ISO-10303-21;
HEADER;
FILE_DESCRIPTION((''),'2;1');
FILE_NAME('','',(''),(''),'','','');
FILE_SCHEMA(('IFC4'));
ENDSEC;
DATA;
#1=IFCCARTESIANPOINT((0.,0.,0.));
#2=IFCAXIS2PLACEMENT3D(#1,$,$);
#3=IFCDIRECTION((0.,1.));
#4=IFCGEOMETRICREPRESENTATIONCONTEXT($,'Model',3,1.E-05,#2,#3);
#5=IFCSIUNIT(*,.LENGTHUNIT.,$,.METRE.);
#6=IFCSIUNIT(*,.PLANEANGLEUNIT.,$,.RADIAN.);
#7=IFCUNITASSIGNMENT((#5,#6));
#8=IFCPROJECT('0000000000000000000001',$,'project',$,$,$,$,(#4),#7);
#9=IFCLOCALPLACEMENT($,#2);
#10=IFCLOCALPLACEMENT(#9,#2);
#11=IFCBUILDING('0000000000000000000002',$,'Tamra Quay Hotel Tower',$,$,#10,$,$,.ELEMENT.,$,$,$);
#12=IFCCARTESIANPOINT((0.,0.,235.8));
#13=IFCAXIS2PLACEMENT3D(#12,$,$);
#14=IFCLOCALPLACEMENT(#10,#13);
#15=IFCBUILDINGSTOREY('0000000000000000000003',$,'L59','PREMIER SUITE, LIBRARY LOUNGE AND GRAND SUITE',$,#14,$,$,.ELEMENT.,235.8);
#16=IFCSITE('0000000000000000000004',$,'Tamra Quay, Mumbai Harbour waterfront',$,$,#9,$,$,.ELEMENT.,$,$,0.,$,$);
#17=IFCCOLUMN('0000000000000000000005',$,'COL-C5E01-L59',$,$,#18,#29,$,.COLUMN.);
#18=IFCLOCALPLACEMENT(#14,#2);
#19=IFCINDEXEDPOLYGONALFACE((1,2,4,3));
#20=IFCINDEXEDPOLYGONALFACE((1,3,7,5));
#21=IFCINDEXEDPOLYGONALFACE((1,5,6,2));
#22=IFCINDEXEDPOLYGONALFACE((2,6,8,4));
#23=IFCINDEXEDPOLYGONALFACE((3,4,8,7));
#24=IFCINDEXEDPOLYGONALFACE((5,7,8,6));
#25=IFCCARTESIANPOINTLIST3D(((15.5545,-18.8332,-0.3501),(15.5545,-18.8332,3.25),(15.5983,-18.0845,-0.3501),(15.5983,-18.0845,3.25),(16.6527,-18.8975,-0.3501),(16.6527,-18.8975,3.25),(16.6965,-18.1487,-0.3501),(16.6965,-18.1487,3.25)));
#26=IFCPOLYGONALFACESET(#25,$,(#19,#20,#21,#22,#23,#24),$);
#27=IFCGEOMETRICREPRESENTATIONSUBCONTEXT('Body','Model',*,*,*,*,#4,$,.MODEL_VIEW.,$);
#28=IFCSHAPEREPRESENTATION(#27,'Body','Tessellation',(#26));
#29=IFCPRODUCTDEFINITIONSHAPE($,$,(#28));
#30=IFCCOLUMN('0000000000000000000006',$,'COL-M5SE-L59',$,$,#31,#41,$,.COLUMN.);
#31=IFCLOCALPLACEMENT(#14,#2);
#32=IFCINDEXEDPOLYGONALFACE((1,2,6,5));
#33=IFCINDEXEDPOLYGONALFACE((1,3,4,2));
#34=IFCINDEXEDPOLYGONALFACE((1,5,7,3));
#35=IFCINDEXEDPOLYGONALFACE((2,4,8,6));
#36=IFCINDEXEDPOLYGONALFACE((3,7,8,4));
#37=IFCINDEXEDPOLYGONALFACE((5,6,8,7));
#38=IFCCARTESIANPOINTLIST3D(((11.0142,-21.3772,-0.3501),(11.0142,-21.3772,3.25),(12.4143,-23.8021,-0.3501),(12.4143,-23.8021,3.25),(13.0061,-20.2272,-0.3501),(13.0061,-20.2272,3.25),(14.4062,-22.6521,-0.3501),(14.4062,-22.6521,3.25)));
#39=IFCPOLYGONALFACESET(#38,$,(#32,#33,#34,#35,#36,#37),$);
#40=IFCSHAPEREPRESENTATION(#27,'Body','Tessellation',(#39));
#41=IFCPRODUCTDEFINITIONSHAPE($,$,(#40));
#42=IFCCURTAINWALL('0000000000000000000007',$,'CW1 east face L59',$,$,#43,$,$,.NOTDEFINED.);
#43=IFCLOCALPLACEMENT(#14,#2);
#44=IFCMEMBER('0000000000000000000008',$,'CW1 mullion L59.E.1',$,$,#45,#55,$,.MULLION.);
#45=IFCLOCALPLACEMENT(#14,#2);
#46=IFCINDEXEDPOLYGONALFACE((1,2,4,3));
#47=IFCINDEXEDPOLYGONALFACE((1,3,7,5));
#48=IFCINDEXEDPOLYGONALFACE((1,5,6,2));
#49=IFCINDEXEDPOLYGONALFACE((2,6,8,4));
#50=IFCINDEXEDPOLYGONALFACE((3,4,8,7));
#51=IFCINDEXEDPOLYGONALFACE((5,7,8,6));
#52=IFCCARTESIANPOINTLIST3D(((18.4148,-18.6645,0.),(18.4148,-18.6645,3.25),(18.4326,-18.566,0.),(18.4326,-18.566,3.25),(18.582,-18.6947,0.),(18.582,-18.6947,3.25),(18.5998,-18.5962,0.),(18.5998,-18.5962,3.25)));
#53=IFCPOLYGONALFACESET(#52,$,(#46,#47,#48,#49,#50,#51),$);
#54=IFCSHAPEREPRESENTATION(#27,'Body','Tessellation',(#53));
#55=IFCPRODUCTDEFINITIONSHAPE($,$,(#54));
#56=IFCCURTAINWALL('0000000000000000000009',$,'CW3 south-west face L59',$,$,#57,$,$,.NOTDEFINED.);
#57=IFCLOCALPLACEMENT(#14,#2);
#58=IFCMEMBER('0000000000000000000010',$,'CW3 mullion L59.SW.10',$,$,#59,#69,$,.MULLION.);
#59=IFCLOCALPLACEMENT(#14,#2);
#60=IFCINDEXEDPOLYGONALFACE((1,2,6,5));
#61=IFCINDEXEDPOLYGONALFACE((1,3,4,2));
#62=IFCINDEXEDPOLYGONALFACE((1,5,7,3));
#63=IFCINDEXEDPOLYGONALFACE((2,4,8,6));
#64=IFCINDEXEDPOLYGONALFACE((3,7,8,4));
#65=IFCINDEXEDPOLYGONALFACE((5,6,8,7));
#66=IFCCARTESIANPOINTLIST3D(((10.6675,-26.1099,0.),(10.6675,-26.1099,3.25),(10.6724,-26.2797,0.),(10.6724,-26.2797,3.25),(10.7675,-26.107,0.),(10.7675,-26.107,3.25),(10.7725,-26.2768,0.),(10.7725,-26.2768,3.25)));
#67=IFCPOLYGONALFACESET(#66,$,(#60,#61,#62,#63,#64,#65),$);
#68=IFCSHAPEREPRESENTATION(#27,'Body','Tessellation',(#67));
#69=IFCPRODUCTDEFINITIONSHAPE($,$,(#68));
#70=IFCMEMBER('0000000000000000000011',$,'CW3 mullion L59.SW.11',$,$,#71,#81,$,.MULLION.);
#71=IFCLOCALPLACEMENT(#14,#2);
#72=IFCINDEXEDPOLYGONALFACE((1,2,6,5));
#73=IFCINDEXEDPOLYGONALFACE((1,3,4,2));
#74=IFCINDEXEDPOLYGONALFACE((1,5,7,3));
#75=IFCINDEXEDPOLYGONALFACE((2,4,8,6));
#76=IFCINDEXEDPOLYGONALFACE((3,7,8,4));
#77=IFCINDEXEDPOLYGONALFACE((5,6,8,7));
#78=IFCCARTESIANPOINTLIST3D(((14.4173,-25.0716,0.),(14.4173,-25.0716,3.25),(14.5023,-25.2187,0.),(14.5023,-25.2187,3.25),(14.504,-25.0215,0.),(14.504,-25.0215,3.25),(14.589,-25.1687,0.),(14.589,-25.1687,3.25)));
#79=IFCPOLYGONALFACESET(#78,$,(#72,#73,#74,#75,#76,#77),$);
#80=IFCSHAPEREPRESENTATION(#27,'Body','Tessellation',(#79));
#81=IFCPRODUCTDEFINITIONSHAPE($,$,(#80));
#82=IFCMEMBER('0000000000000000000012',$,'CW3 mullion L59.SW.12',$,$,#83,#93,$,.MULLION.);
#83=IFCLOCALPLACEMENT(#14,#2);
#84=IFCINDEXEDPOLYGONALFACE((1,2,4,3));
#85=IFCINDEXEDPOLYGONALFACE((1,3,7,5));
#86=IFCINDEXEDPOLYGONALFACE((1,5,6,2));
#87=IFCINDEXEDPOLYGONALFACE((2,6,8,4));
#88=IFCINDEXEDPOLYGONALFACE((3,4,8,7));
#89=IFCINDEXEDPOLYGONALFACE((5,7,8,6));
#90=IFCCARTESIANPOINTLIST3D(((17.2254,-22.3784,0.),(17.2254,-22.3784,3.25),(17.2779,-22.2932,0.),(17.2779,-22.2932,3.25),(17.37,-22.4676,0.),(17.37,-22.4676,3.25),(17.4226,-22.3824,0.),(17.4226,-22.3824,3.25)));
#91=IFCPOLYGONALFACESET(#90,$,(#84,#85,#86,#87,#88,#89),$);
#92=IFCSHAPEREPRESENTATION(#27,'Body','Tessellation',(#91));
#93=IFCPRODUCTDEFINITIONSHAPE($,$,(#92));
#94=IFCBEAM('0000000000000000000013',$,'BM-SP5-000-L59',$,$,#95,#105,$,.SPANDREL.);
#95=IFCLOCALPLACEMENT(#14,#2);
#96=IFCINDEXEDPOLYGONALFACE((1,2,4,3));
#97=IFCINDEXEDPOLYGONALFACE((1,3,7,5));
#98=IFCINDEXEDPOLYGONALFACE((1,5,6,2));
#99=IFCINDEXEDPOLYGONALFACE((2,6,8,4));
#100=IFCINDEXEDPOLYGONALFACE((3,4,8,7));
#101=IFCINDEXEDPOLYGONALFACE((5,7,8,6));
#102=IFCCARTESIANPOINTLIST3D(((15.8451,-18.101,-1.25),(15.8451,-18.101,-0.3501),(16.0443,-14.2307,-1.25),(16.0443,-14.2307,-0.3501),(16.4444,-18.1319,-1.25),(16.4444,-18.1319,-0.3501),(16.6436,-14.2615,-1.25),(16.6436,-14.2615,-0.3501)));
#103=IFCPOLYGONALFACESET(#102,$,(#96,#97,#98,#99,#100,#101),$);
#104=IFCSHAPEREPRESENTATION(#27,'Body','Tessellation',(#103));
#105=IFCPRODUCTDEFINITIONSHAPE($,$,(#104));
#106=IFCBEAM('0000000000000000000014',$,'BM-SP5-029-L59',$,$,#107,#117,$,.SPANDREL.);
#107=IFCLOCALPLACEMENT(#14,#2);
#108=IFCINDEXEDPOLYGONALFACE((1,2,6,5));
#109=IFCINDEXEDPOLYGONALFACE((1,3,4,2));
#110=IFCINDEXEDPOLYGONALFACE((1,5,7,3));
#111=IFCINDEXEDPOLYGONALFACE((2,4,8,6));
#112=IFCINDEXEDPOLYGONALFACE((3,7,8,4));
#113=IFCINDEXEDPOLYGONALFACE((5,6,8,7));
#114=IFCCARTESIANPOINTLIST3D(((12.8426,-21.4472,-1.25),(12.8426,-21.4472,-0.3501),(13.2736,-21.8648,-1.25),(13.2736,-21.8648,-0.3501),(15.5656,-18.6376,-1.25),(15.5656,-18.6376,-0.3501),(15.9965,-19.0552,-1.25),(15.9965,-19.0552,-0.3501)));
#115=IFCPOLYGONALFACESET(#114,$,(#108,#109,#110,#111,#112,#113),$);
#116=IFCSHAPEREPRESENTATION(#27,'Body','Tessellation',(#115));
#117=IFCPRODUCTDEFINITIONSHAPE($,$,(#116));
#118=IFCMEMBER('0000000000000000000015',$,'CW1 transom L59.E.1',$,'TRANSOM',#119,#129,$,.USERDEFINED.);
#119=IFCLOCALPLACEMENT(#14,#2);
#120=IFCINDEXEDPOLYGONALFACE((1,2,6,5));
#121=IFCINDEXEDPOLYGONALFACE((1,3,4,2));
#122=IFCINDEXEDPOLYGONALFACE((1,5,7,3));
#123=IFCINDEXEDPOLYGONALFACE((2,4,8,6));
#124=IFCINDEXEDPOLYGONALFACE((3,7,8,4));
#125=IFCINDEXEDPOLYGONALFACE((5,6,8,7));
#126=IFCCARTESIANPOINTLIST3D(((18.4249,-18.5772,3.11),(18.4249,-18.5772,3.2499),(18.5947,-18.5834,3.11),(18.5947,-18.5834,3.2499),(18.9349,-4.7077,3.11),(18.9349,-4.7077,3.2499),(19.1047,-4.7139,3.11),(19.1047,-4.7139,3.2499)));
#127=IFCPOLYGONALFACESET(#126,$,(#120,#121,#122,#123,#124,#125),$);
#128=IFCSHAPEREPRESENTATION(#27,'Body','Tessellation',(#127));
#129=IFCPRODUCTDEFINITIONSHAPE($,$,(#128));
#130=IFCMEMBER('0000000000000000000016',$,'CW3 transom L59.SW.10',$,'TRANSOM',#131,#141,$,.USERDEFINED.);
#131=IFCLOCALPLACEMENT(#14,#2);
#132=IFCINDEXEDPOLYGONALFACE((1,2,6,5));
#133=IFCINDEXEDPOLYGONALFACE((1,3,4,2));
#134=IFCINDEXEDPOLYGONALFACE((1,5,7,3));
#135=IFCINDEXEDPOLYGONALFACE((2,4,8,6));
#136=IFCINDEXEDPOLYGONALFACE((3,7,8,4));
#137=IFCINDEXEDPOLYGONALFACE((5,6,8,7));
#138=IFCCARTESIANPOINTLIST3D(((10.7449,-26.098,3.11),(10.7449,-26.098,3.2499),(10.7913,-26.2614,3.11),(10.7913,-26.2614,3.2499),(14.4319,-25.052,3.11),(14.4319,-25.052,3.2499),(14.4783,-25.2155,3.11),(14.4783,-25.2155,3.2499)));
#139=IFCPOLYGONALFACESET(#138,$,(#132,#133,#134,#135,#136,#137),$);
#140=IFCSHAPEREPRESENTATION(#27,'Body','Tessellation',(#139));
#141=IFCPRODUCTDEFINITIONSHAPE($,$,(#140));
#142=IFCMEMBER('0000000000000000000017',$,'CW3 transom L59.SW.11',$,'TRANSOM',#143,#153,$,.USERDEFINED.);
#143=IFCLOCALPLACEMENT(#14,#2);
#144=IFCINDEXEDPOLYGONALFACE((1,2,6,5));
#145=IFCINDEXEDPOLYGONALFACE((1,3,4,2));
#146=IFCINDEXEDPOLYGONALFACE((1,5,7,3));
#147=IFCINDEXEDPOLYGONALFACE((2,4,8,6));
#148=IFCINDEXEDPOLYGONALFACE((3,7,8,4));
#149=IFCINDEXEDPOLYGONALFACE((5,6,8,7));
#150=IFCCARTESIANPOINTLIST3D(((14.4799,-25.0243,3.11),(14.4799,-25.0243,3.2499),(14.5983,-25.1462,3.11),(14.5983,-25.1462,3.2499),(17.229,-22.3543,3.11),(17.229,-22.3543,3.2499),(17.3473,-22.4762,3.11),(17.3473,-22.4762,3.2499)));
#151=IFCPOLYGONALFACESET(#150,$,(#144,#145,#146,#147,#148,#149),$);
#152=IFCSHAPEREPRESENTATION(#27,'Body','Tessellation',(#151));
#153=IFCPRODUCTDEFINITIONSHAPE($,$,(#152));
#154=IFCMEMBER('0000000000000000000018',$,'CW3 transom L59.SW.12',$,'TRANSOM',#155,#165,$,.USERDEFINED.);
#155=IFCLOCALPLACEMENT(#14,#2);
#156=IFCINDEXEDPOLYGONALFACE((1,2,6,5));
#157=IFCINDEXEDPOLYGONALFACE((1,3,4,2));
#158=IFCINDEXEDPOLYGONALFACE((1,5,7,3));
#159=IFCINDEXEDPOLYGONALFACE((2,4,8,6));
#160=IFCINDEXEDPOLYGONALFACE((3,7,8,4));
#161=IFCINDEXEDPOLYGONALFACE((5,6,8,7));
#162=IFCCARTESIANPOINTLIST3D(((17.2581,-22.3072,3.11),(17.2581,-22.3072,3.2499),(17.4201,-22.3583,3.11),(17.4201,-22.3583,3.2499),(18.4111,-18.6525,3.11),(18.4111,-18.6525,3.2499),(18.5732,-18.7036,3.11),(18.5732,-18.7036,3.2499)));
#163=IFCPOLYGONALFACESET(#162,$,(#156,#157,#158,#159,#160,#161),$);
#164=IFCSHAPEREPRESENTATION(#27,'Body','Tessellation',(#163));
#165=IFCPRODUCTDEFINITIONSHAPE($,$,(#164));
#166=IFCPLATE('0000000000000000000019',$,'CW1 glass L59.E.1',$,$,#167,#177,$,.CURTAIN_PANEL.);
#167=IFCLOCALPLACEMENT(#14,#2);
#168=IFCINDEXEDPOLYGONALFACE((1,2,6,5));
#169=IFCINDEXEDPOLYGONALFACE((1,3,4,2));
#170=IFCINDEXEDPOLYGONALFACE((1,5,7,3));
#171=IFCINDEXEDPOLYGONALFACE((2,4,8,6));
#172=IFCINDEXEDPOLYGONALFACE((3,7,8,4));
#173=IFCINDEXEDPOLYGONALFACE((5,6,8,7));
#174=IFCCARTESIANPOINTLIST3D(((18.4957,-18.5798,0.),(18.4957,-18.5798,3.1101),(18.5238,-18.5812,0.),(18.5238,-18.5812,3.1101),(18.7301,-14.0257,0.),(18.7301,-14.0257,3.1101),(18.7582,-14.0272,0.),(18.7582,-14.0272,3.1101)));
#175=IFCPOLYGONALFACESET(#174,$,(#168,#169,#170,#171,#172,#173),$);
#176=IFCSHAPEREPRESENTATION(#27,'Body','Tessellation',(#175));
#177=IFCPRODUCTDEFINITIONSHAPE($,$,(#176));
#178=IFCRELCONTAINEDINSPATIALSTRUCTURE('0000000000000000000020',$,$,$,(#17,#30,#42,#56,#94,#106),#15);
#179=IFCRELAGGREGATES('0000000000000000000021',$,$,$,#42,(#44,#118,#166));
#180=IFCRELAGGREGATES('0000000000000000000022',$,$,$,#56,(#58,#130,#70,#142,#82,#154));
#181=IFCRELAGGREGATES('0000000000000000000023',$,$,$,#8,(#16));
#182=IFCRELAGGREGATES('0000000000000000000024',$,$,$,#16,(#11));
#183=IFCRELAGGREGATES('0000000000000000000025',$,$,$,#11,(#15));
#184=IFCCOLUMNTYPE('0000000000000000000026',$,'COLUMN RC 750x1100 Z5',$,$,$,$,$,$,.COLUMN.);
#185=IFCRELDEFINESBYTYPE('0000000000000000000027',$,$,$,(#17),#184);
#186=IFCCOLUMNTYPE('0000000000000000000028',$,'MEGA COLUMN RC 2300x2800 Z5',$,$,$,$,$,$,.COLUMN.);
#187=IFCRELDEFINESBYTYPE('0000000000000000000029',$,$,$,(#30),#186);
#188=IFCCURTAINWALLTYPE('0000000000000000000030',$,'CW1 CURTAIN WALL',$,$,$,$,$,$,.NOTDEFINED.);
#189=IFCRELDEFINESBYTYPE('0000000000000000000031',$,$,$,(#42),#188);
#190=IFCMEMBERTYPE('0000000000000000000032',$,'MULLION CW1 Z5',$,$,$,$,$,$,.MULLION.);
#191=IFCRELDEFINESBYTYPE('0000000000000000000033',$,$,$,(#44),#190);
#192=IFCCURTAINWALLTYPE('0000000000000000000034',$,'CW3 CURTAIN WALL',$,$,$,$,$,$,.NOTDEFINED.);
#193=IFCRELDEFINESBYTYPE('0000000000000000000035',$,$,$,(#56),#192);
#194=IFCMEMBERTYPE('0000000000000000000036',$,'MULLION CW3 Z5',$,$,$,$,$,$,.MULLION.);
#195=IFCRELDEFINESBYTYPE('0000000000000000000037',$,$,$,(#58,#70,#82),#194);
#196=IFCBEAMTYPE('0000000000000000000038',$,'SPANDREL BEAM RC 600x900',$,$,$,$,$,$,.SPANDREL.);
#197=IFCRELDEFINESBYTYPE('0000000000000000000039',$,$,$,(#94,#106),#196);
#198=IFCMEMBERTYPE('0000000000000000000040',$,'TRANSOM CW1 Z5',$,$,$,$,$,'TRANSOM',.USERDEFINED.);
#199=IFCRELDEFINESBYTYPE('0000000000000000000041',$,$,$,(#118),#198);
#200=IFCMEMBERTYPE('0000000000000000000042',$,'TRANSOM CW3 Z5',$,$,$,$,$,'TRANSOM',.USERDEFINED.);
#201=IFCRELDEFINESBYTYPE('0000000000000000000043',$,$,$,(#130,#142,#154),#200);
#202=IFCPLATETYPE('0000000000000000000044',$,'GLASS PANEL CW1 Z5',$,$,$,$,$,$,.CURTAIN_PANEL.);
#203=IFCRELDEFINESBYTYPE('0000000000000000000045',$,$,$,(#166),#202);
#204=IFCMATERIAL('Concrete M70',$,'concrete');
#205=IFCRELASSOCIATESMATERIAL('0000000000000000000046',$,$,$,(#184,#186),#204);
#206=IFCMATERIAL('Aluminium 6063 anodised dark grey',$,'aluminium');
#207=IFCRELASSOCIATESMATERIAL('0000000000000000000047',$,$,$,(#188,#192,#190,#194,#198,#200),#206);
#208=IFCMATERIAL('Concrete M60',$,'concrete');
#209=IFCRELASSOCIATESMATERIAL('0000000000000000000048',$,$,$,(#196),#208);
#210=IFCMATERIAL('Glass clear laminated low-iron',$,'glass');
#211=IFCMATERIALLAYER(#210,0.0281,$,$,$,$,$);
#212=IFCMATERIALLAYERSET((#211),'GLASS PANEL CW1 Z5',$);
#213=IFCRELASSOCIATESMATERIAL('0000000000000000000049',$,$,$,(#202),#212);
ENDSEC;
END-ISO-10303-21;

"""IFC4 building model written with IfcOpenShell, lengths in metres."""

from ifc_helpers import new_model, si_unit, direction, frame, origin, origin_2d, place, context, subcontext, project, spatial, rectangle, extrude, material, layer, layer_set, material_profile, profile_set, type_object, element, aggregate, save


model = new_model("IFC4")

# Units and contexts
model_context = context("Model", 3, precision=1e-05, world=origin(), true_north=direction((0.0, 1.0)))
body_context = subcontext(model_context, "Body", "Model", "MODEL_VIEW")
ifc_project = project(units=[si_unit("LENGTHUNIT", "METRE"), si_unit("PLANEANGLEUNIT", "RADIAN")], contexts=[model_context])

# Site, building, storey
site_placement = place(None, origin())
site = spatial("IfcSite", under=ifc_project, at=site_placement, Name="Tamra Quay, Mumbai Harbour waterfront", CompositionType="ELEMENT", RefElevation=0.0)
building_placement = place(site_placement, origin())
building = spatial("IfcBuilding", under=site, at=building_placement, Name="Tamra Quay Hotel Tower", CompositionType="ELEMENT")
storey_placement = place(building_placement, frame((0.0, 0.0, 235.8)))
storey = spatial("IfcBuildingStorey", under=building, at=storey_placement, Name="L59", Description="PREMIER SUITE, LIBRARY LOUNGE AND GRAND SUITE", CompositionType="ELEMENT", Elevation=235.8)

# Columns
ifc_material_1 = material(Name="Concrete M70", Category="concrete")
ifc_material_profile_1 = material_profile(ifc_material_1, rectangle(XDim=1.1001, YDim=0.75, at=origin_2d()), Name="COLUMN RC 750x1100 Z5")
ifc_profile_set_1 = profile_set([ifc_material_profile_1], Name="Concrete M70")
column_type_1 = type_object("IfcColumnType", Name="COLUMN RC 750x1100 Z5", PredefinedType="COLUMN", material=ifc_profile_set_1)
column_1_placement = place(storey_placement, frame((16.1255, -18.491, -0.3501), z_axis=(0.0, 0.0, 1.0), x_axis=(-0.998292, 0.05842, 0.0)))
element("IfcColumn", 1, at=column_1_placement, inside=storey, type_object=column_type_1, Name="COL-C5E01-L59", PredefinedType="COLUMN", context=body_context, shape_type="SweptSolid", body=[
    extrude(rectangle(XDim=1.1001, YDim=0.75, at=origin_2d()), origin(), (0.0, 0.0, 1.0), 3.6001),
])
ifc_material_profile_2 = material_profile(ifc_material_1, rectangle(XDim=2.8, YDim=2.3, at=origin_2d()), Name="MEGA COLUMN RC 2300x2800 Z5")
ifc_profile_set_2 = profile_set([ifc_material_profile_2], Name="Concrete M70")
column_type_2 = type_object("IfcColumnType", Name="MEGA COLUMN RC 2300x2800 Z5", PredefinedType="COLUMN", material=ifc_profile_set_2)
column_2_placement = place(storey_placement, frame((12.7102, -22.0146, -0.3501), z_axis=(0.0, 0.0, 1.0), x_axis=(-0.5, 0.866025, 0.0)))
element("IfcColumn", 2, at=column_2_placement, inside=storey, type_object=column_type_2, Name="COL-M5SE-L59", PredefinedType="COLUMN", context=body_context, shape_type="SweptSolid", body=[
    extrude(rectangle(XDim=2.8, YDim=2.3, at=origin_2d()), origin(), (0.0, 0.0, 1.0), 3.6001),
])

# Curtain wall, member
ifc_material_2 = material(Name="Aluminium 6063 anodised dark grey", Category="aluminium")
curtain_wall_type_1 = type_object("IfcCurtainWallType", Name="CW1 CURTAIN WALL", PredefinedType="NOTDEFINED", material=ifc_material_2)
curtain_wall_1_placement = place(storey_placement, origin())
curtain_wall_1 = element("IfcCurtainWall", 3, at=curtain_wall_1_placement, inside=storey, type_object=curtain_wall_type_1, Name="CW1 east face L59", PredefinedType="NOTDEFINED")
ifc_material_profile_3 = material_profile(ifc_material_2, rectangle(XDim=0.1699, YDim=0.1001, at=origin_2d()), Name="MULLION 100X170")
ifc_profile_set_3 = profile_set([ifc_material_profile_3], Name="Aluminium 6063 anodised dark grey")
member_type_1 = type_object("IfcMemberType", Name="MULLION CW1 Z5", PredefinedType="MULLION", material=ifc_profile_set_3)
member_1_placement = place(storey_placement, frame((18.5073, -18.6304, 0.0), z_axis=(0.0, 0.0, 1.0), x_axis=(0.984105, -0.177586, 0.0)))
member_1 = element("IfcMember", 4, at=member_1_placement, type_object=member_type_1, Name="CW1 mullion L59.E.1", PredefinedType="MULLION", context=body_context, shape_type="SweptSolid", body=[
    extrude(rectangle(XDim=0.1699, YDim=0.1001, at=origin_2d()), origin(), (0.0, 0.0, 1.0), 3.25),
])

# Curtain wall, members
curtain_wall_type_2 = type_object("IfcCurtainWallType", Name="CW3 CURTAIN WALL", PredefinedType="NOTDEFINED", material=ifc_material_2)
curtain_wall_2_placement = place(storey_placement, origin())
curtain_wall_2 = element("IfcCurtainWall", 5, at=curtain_wall_2_placement, inside=storey, type_object=curtain_wall_type_2, Name="CW3 south-west face L59", PredefinedType="NOTDEFINED")
ifc_material_profile_4 = material_profile(ifc_material_2, rectangle(XDim=0.1699, YDim=0.1001, at=origin_2d()), Name="MULLION 100X170")
ifc_profile_set_4 = profile_set([ifc_material_profile_4], Name="Aluminium 6063 anodised dark grey")
member_type_2 = type_object("IfcMemberType", Name="MULLION CW3 Z5", PredefinedType="MULLION", material=ifc_profile_set_4)
member_2_placement = place(storey_placement, frame((10.72, -26.1934, 0.0), z_axis=(0.0, 0.0, 1.0), x_axis=(0.029223, -0.999573, 0.0)))
member_2 = element("IfcMember", 6, at=member_2_placement, type_object=member_type_2, Name="CW3 mullion L59.SW.10", PredefinedType="MULLION", context=body_context, shape_type="SweptSolid", body=[
    extrude(rectangle(XDim=0.1699, YDim=0.1001, at=origin_2d()), origin(), (0.0, 0.0, 1.0), 3.25),
])
member_3_placement = place(storey_placement, frame((14.5032, -25.1201, 0.0), z_axis=(0.0, 0.0, 1.0), x_axis=(0.5, -0.866025, 0.0)))
member_3 = element("IfcMember", 7, at=member_3_placement, type_object=member_type_2, Name="CW3 mullion L59.SW.11", PredefinedType="MULLION", context=body_context, shape_type="SweptSolid", body=[
    extrude(rectangle(XDim=0.1699, YDim=0.1001, at=origin_2d()), origin(), (0.0, 0.0, 1.0), 3.25),
])
member_4_placement = place(storey_placement, frame((17.324, -22.3804, 0.0), z_axis=(0.0, 0.0, 1.0), x_axis=(0.851044, -0.525094, 0.0)))
member_4 = element("IfcMember", 8, at=member_4_placement, type_object=member_type_2, Name="CW3 mullion L59.SW.12", PredefinedType="MULLION", context=body_context, shape_type="SweptSolid", body=[
    extrude(rectangle(XDim=0.1699, YDim=0.1001, at=origin_2d()), origin(), (0.0, 0.0, 1.0), 3.25),
])

# Beams
ifc_material_3 = material(Name="Concrete M60", Category="concrete")
ifc_material_profile_5 = material_profile(ifc_material_3, rectangle(XDim=0.6001, YDim=0.8999, at=origin_2d()), Name="SPANDREL BEAM RC 600x900")
ifc_profile_set_5 = profile_set([ifc_material_profile_5], Name="Concrete M60")
beam_type = type_object("IfcBeamType", Name="SPANDREL BEAM RC 600x900", PredefinedType="SPANDREL", material=ifc_profile_set_5)
beam_1_placement = place(storey_placement, frame((16.1448, -18.1165, -0.8), z_axis=(0.051405, 0.998678, 0.0), x_axis=(-0.998678, 0.051405, 0.0)))
element("IfcBeam", 9, at=beam_1_placement, inside=storey, type_object=beam_type, Name="BM-SP5-000-L59", PredefinedType="SPANDREL", context=body_context, shape_type="SweptSolid", body=[
    extrude(rectangle(XDim=0.6001, YDim=0.8999, at=origin_2d()), origin(), (0.0, 0.0, 1.0), 3.8755),
])
beam_2_placement = place(storey_placement, frame((13.0581, -21.656, -0.8), z_axis=(0.695944, 0.718096, 0.0), x_axis=(-0.718096, 0.695944, 0.0)))
element("IfcBeam", 10, at=beam_2_placement, inside=storey, type_object=beam_type, Name="BM-SP5-029-L59", PredefinedType="SPANDREL", context=body_context, shape_type="SweptSolid", body=[
    extrude(rectangle(XDim=0.6001, YDim=0.8999, at=origin_2d()), origin(), (0.0, 0.0, 1.0), 3.9126),
])

# Members
ifc_material_profile_6 = material_profile(ifc_material_2, rectangle(XDim=0.1699, YDim=0.1399, at=origin_2d()), Name="TRANSOM 170X140")
ifc_profile_set_6 = profile_set([ifc_material_profile_6], Name="Aluminium 6063 anodised dark grey")
member_type_3 = type_object("IfcMemberType", Name="TRANSOM CW1 Z5", ElementType="TRANSOM", PredefinedType="USERDEFINED", material=ifc_profile_set_6)
member_5_placement = place(storey_placement, frame((18.5098, -18.5803, 3.1799), z_axis=(0.036747, 0.999325, 0.0), x_axis=(-0.999325, 0.036747, 0.0)))
member_5 = element("IfcMember", 11, at=member_5_placement, type_object=member_type_3, Name="CW1 transom L59.E.1", ObjectType="TRANSOM", PredefinedType="USERDEFINED", context=body_context, shape_type="SweptSolid", body=[
    extrude(rectangle(XDim=0.1699, YDim=0.1399, at=origin_2d()), origin(), (0.0, 0.0, 1.0), 13.8789),
])
ifc_material_profile_7 = material_profile(ifc_material_2, rectangle(XDim=0.1699, YDim=0.1399, at=origin_2d()), Name="TRANSOM 170X140")
ifc_profile_set_7 = profile_set([ifc_material_profile_7], Name="Aluminium 6063 anodised dark grey")
member_type_4 = type_object("IfcMemberType", Name="TRANSOM CW3 Z5", ElementType="TRANSOM", PredefinedType="USERDEFINED", material=ifc_profile_set_7)
member_6_placement = place(storey_placement, frame((10.7681, -26.1797, 3.1799), z_axis=(0.962041, 0.272903, 0.0), x_axis=(-0.272903, 0.962041, 0.0)))
member_6 = element("IfcMember", 12, at=member_6_placement, type_object=member_type_4, Name="CW3 transom L59.SW.10", ObjectType="TRANSOM", PredefinedType="USERDEFINED", context=body_context, shape_type="SweptSolid", body=[
    extrude(rectangle(XDim=0.1699, YDim=0.1399, at=origin_2d()), origin(), (0.0, 0.0, 1.0), 3.8325),
])
member_7_placement = place(storey_placement, frame((14.5391, -25.0852, 3.1799), z_axis=(0.717352, 0.696711, 0.0), x_axis=(-0.696711, 0.717352, 0.0)))
member_7 = element("IfcMember", 13, at=member_7_placement, type_object=member_type_4, Name="CW3 transom L59.SW.11", ObjectType="TRANSOM", PredefinedType="USERDEFINED", context=body_context, shape_type="SweptSolid", body=[
    extrude(rectangle(XDim=0.1699, YDim=0.1399, at=origin_2d()), origin(), (0.0, 0.0, 1.0), 3.8323),
])
member_8_placement = place(storey_placement, frame((17.3391, -22.3328, 3.1799), z_axis=(0.300878, 0.953663, 0.0), x_axis=(-0.953663, 0.300878, 0.0)))
member_8 = element("IfcMember", 14, at=member_8_placement, type_object=member_type_4, Name="CW3 transom L59.SW.12", ObjectType="TRANSOM", PredefinedType="USERDEFINED", context=body_context, shape_type="SweptSolid", body=[
    extrude(rectangle(XDim=0.1699, YDim=0.1399, at=origin_2d()), origin(), (0.0, 0.0, 1.0), 3.8323),
])

# Plate
ifc_material_4 = material(Name="Glass clear laminated low-iron", Category="glass")
ifc_layer_1 = layer(ifc_material_4, 0.0281)
ifc_layer_set_1 = layer_set([ifc_layer_1], Name="GLASS PANEL CW1 Z5")
plate_type_1 = type_object("IfcPlateType", Name="GLASS PANEL CW1 Z5", PredefinedType="CURTAIN_PANEL", material=ifc_layer_set_1)
plate_1_placement = place(storey_placement, frame((18.627, -16.3035, 0.0), z_axis=(0.0, 0.0, 1.0), x_axis=(0.051403, 0.998678, 0.0)))
plate_1 = element("IfcPlate", 15, at=plate_1_placement, type_object=plate_type_1, Name="CW1 glass L59.E.1", PredefinedType="CURTAIN_PANEL", context=body_context, shape_type="SweptSolid", body=[
    extrude(rectangle(XDim=4.5601, YDim=0.0281, at=origin_2d()), origin(), (0.0, 0.0, 1.0), 3.1101),
])
aggregate(curtain_wall_1, [member_1, member_5, plate_1])
aggregate(curtain_wall_2, [member_2, member_6, member_3, member_7, member_4, member_8])

save(model, "model.ifc")
